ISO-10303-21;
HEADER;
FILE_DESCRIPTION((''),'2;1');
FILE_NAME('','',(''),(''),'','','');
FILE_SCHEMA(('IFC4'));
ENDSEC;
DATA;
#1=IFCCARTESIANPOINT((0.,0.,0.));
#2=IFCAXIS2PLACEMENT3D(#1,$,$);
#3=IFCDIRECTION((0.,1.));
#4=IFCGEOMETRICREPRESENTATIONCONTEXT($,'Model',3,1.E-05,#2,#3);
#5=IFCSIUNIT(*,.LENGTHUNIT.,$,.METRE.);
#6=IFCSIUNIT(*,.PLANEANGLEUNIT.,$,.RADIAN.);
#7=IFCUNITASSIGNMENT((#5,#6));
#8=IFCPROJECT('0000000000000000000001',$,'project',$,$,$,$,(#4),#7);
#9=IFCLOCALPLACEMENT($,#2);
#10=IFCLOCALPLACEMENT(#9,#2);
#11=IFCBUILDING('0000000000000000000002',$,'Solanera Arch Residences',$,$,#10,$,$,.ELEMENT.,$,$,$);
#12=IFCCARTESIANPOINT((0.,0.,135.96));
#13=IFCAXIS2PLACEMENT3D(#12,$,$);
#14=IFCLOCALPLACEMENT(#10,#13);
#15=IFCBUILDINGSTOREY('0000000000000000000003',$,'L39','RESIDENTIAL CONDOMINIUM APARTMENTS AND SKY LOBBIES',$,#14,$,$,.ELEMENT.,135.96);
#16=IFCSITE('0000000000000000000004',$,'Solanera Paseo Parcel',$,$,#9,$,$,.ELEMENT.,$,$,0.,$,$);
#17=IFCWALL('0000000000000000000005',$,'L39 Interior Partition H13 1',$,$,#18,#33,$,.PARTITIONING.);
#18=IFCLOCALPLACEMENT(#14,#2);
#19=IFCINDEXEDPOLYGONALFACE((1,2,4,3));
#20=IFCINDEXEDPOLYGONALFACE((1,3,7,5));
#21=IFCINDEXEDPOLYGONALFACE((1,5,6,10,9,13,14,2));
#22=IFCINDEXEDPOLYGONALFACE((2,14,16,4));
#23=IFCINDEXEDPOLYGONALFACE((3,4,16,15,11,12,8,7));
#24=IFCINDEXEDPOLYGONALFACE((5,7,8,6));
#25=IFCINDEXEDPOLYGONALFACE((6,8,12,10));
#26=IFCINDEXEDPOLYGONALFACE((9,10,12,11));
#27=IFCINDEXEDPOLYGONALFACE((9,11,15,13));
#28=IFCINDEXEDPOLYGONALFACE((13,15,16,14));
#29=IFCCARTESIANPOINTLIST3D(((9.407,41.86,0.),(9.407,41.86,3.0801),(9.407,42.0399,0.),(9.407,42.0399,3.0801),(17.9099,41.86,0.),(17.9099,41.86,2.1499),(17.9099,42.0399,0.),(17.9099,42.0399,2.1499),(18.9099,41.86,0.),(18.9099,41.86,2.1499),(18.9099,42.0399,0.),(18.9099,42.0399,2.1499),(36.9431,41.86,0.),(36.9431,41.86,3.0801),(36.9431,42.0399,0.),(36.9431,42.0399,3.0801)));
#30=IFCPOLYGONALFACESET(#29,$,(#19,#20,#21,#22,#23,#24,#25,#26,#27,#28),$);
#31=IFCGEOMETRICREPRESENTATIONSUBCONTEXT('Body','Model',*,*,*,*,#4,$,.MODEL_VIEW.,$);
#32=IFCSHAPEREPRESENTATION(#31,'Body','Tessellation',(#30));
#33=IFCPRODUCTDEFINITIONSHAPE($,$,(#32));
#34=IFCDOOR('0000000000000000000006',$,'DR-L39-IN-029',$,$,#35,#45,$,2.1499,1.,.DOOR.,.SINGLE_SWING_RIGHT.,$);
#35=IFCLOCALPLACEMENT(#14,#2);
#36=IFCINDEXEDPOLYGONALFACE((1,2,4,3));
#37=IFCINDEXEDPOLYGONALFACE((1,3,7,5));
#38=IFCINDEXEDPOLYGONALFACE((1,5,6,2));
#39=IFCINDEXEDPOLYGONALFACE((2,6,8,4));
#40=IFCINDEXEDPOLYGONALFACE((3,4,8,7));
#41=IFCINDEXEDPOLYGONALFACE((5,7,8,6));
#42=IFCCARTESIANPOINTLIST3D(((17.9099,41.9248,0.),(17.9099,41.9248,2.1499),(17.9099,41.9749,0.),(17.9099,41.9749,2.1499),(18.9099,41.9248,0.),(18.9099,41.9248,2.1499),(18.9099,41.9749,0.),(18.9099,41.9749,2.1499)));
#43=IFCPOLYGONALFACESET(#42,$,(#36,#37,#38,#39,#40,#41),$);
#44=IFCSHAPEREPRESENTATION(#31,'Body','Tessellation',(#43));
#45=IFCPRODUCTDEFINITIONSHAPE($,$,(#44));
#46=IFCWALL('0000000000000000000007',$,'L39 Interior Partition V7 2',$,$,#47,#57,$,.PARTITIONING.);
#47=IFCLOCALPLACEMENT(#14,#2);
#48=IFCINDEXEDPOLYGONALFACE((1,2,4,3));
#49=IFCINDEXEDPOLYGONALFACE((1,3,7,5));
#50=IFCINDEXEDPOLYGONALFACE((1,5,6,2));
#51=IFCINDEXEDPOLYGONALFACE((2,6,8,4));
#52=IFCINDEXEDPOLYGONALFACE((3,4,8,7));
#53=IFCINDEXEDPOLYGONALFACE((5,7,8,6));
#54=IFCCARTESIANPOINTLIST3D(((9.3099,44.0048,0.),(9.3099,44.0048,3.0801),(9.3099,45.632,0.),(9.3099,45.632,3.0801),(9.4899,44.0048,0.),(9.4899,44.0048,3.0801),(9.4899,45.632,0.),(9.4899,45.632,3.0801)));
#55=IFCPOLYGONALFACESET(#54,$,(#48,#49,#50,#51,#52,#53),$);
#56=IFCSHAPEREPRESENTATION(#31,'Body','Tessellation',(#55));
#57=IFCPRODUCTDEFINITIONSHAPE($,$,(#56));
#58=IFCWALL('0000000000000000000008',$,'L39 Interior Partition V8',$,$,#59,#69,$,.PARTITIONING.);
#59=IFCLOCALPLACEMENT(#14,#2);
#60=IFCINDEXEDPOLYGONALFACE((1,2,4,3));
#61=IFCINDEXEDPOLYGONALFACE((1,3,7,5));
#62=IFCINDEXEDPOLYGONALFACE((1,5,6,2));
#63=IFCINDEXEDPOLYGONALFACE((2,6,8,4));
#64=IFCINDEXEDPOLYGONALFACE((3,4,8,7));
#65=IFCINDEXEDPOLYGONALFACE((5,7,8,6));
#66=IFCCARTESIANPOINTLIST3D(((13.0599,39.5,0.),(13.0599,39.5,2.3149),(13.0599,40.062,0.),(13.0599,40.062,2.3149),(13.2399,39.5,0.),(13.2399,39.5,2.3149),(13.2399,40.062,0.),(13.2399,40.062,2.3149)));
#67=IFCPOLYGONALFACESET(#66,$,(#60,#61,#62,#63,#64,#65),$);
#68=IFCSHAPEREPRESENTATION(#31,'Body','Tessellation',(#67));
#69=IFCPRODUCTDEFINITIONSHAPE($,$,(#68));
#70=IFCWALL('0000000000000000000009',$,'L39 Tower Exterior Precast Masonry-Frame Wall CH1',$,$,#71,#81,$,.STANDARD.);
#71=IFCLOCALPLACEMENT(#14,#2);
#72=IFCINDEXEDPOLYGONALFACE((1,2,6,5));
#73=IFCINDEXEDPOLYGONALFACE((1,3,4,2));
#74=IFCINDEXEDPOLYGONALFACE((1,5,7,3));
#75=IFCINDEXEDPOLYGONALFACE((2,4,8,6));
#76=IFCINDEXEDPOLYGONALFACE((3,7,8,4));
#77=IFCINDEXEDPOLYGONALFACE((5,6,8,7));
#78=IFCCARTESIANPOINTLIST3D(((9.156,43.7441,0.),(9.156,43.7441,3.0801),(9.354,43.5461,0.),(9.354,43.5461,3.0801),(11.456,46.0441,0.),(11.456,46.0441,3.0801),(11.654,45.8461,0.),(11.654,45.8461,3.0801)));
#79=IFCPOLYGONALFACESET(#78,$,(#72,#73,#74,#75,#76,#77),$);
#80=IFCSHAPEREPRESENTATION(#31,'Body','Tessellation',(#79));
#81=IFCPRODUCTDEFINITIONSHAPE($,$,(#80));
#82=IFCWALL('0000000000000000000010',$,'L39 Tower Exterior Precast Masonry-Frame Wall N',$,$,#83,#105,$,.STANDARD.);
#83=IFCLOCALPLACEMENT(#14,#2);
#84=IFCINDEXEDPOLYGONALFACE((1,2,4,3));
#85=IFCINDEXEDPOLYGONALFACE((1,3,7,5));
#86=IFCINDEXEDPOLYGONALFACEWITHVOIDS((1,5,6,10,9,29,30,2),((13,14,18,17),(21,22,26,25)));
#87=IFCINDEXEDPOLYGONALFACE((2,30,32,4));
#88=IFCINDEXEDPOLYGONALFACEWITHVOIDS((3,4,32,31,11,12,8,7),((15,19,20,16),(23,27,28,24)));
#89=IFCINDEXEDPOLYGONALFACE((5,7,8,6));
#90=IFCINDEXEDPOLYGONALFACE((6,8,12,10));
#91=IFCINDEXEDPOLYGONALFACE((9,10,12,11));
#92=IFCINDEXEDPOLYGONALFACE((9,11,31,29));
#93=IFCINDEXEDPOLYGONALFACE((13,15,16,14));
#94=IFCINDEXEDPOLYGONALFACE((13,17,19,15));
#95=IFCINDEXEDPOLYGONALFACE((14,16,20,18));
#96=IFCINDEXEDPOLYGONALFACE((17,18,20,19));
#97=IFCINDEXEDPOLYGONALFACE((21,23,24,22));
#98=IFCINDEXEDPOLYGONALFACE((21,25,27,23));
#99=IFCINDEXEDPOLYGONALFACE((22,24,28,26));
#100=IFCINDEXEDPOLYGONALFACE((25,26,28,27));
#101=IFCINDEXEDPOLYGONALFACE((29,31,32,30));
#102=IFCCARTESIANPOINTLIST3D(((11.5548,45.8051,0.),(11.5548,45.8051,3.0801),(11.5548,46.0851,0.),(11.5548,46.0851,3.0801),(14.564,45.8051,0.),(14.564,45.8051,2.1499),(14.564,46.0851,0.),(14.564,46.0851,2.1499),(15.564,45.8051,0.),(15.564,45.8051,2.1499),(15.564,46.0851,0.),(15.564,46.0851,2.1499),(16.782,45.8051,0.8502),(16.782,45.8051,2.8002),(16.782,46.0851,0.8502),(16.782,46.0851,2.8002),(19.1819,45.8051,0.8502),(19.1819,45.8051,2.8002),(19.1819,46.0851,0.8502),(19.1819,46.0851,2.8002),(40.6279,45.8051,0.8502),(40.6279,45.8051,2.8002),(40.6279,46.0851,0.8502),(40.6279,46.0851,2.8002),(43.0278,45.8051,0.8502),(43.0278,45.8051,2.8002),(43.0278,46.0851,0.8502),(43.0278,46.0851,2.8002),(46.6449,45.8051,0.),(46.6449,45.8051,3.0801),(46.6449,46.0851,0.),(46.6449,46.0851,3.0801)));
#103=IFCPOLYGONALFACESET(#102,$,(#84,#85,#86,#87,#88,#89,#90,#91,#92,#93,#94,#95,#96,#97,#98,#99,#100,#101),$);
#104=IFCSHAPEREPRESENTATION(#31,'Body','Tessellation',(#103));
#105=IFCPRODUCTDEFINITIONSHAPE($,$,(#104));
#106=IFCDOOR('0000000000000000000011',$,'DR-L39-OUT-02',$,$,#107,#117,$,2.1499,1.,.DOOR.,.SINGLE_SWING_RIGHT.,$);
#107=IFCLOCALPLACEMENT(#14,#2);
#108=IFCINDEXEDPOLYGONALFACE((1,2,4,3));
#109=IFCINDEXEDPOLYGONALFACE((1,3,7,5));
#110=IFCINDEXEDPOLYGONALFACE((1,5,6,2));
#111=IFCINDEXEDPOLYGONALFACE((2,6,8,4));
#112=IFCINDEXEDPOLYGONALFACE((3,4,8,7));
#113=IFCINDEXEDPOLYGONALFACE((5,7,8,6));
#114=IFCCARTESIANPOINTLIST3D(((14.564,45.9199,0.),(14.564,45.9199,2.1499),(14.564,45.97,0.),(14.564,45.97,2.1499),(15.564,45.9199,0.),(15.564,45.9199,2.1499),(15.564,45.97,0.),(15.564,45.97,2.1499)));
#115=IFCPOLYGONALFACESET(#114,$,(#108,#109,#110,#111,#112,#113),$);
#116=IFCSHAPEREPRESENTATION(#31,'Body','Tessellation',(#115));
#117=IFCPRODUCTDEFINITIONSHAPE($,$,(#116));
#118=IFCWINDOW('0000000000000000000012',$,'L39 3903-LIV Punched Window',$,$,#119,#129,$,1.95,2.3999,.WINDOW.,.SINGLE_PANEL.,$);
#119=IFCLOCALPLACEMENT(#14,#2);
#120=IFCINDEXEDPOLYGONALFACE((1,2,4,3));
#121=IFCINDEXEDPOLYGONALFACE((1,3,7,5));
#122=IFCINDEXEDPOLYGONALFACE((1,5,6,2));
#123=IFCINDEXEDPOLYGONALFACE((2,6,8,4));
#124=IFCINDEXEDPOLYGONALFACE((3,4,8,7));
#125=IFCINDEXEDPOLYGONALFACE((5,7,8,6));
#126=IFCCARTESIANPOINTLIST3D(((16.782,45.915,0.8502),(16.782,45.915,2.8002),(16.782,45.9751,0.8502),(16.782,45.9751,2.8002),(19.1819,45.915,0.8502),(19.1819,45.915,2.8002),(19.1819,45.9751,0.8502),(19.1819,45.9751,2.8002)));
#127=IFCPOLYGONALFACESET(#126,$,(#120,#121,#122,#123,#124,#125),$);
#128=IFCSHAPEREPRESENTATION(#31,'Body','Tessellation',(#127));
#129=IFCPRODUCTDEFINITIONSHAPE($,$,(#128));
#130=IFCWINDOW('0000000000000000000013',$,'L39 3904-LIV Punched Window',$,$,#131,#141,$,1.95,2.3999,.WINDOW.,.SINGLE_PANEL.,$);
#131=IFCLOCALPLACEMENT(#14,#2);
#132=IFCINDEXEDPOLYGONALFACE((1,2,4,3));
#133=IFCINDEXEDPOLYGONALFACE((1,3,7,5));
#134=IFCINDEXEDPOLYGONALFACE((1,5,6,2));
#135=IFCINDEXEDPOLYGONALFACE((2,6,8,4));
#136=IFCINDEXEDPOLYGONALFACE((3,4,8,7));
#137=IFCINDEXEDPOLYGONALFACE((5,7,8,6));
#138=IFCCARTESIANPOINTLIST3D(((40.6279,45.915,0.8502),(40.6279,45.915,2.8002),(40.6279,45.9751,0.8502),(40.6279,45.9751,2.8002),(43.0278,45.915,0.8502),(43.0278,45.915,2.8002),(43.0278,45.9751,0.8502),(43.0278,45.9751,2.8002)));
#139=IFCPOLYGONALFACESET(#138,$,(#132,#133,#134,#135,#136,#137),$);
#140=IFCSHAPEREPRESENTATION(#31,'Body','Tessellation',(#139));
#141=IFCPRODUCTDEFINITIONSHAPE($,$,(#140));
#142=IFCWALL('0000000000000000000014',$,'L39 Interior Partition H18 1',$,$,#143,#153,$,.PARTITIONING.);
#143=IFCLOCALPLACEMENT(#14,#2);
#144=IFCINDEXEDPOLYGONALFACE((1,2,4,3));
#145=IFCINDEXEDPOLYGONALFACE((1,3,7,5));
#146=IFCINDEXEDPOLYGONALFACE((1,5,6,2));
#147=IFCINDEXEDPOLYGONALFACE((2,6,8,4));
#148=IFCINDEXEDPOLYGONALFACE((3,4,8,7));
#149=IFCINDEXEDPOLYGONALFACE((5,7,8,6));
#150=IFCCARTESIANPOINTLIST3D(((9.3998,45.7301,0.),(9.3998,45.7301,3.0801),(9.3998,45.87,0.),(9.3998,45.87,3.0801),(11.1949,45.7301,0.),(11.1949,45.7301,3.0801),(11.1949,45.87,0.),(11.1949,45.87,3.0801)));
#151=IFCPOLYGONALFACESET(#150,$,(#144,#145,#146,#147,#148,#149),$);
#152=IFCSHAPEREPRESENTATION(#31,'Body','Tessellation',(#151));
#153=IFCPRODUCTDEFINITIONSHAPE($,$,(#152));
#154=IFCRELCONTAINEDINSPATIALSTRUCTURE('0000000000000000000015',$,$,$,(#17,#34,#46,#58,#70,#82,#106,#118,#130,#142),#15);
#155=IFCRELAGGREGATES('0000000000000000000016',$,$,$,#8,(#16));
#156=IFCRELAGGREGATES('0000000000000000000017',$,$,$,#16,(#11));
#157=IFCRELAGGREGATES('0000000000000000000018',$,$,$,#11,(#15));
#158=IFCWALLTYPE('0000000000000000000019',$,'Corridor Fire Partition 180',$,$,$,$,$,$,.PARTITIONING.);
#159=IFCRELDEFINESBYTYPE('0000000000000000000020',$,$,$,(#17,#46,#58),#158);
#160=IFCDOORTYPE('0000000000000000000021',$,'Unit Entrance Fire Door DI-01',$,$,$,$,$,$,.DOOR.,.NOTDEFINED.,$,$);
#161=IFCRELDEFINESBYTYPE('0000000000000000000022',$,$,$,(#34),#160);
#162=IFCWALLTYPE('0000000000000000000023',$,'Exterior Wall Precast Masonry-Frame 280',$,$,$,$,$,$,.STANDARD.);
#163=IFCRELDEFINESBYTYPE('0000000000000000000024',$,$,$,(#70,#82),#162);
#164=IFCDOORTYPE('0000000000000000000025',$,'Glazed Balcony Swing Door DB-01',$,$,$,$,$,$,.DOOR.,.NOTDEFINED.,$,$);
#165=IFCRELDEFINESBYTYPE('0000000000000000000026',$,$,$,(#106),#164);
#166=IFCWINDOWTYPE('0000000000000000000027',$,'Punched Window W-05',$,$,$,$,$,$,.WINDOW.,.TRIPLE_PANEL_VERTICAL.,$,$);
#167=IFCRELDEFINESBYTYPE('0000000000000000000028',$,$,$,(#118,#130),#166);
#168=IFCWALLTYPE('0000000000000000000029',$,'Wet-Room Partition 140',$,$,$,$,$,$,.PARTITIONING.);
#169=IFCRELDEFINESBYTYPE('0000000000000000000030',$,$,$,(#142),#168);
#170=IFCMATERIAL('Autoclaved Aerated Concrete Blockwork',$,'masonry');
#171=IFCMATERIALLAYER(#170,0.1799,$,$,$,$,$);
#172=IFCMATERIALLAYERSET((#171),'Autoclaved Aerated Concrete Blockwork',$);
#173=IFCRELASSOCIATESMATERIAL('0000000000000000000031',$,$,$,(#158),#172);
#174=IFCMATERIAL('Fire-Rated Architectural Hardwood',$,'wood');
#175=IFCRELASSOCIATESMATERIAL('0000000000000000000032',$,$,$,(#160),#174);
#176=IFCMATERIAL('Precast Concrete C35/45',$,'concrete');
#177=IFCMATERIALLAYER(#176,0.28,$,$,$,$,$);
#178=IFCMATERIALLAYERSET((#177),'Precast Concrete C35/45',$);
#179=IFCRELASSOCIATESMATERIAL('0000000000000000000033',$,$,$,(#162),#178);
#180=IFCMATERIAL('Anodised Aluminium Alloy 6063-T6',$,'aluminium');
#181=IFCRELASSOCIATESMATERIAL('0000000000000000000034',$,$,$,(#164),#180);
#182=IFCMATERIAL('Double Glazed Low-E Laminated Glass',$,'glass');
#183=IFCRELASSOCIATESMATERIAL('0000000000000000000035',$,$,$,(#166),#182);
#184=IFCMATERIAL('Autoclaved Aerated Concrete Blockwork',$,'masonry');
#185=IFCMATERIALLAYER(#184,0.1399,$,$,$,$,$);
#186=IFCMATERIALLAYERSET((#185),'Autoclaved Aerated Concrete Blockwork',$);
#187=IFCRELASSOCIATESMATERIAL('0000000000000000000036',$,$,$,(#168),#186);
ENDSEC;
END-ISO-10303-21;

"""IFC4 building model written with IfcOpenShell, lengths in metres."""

from ifc_helpers import new_model, si_unit, direction, frame, frame_2d, origin, place, context, subcontext, project, spatial, rectangle, extrude, material, layer, layer_set, type_object, element, fill, save


model = new_model("IFC4")

# Units and contexts
model_context = context("Model", 3, precision=1e-05, world=origin(), true_north=direction((0.0, 1.0)))
body_context = subcontext(model_context, "Body", "Model", "MODEL_VIEW")
ifc_project = project(units=[si_unit("LENGTHUNIT", "METRE"), si_unit("PLANEANGLEUNIT", "RADIAN")], contexts=[model_context])

# Site, building, storey
site_placement = place(None, origin())
site = spatial("IfcSite", under=ifc_project, at=site_placement, Name="Solanera Paseo Parcel", CompositionType="ELEMENT", RefElevation=0.0)
building_placement = place(site_placement, origin())
building = spatial("IfcBuilding", under=site, at=building_placement, Name="Solanera Arch Residences", CompositionType="ELEMENT")
storey_placement = place(building_placement, frame((0.0, 0.0, 135.96)))
storey = spatial("IfcBuildingStorey", under=building, at=storey_placement, Name="L39", Description="RESIDENTIAL CONDOMINIUM APARTMENTS AND SKY LOBBIES", CompositionType="ELEMENT", Elevation=135.96)

# Shared definitions
ifc_material_1 = material(Name="Autoclaved Aerated Concrete Blockwork", Category="masonry")
ifc_layer_1 = layer(ifc_material_1, 0.1799)
ifc_layer_set_1 = layer_set([ifc_layer_1], Name="Autoclaved Aerated Concrete Blockwork")
wall_type_1 = type_object("IfcWallType", Name="Corridor Fire Partition 180", PredefinedType="PARTITIONING", material=ifc_layer_set_1)

# Wall, opening, door
wall_1_placement = place(storey_placement, frame((9.407, 41.95, 0.0), z_axis=(0.0, 0.0, 1.0), x_axis=(1.0, 0.0, 0.0)))
wall_1 = element("IfcWall", 1, at=wall_1_placement, inside=storey, type_object=wall_type_1, Name="L39 Interior Partition H13 1", PredefinedType="PARTITIONING", context=body_context, shape_type="SweptSolid", body=[
    extrude(rectangle(XDim=27.5361, YDim=0.1799, at=frame_2d((13.7681, 0.0))), origin(), (0.0, 0.0, 1.0), 3.0801),
])
opening_1_placement = place(wall_1_placement, frame((8.5029, 0.0, 0.0)))
opening_1 = element("IfcOpeningElement", 2, at=opening_1_placement, cuts=wall_1, PredefinedType="OPENING", context=body_context, shape_type="SweptSolid", body=[
    extrude(rectangle(XDim=1.0, YDim=2.1499, at=frame_2d((0.5, 1.075))), frame((0.0, 0.1001, 0.0), z_axis=(0.0, -1.0, 0.0), x_axis=(1.0, 0.0, 0.0)), (0.0, 0.0, 1.0), 0.1999),
])
ifc_material_2 = material(Name="Fire-Rated Architectural Hardwood", Category="wood")
door_type_1 = type_object("IfcDoorType", Name="Unit Entrance Fire Door DI-01", OperationType="NOTDEFINED", PredefinedType="DOOR", material=ifc_material_2)
door_1_placement = place(opening_1_placement, origin())
door_1 = element("IfcDoor", 3, at=door_1_placement, inside=storey, type_object=door_type_1, Name="DR-L39-IN-029", OperationType="SINGLE_SWING_RIGHT", OverallHeight=2.1499, OverallWidth=1.0, PredefinedType="DOOR", context=body_context, shape_type="SweptSolid", body=[
    extrude(rectangle(XDim=1.0, YDim=2.1499, at=frame_2d((0.5, 1.075))), frame((0.0, 0.0249, 0.0), z_axis=(0.0, -1.0, 0.0), x_axis=(1.0, 0.0, 0.0)), (0.0, 0.0, 1.0), 0.05),
])
fill(opening_1, door_1)

# Walls
wall_2_placement = place(storey_placement, frame((9.3999, 44.0049, 0.0), z_axis=(0.0, 0.0, 1.0), x_axis=(0.0, 1.0, 0.0)))
element("IfcWall", 4, at=wall_2_placement, inside=storey, type_object=wall_type_1, Name="L39 Interior Partition V7 2", PredefinedType="PARTITIONING", context=body_context, shape_type="SweptSolid", body=[
    extrude(rectangle(XDim=1.6272, YDim=0.1799, at=frame_2d((0.8135, 0.0))), origin(), (0.0, 0.0, 1.0), 3.0801),
])
wall_3_placement = place(storey_placement, frame((13.1499, 39.5, 0.0), z_axis=(0.0, 0.0, 1.0), x_axis=(0.0, 1.0, 0.0)))
element("IfcWall", 5, at=wall_3_placement, inside=storey, type_object=wall_type_1, Name="L39 Interior Partition V8", PredefinedType="PARTITIONING", context=body_context, shape_type="SweptSolid", body=[
    extrude(rectangle(XDim=0.562, YDim=0.1799, at=frame_2d((0.281, 0.0))), origin(), (0.0, 0.0, 1.0), 2.3149),
])
ifc_material_3 = material(Name="Precast Concrete C35/45", Category="concrete")
ifc_layer_2 = layer(ifc_material_3, 0.28)
ifc_layer_set_2 = layer_set([ifc_layer_2], Name="Precast Concrete C35/45")
wall_type_2 = type_object("IfcWallType", Name="Exterior Wall Precast Masonry-Frame 280", PredefinedType="STANDARD", material=ifc_layer_set_2)
wall_4_placement = place(storey_placement, frame((9.2549, 43.645, 0.0), z_axis=(0.0, 0.0, 1.0), x_axis=(0.707107, 0.707107, 0.0)))
element("IfcWall", 6, at=wall_4_placement, inside=storey, type_object=wall_type_2, Name="L39 Tower Exterior Precast Masonry-Frame Wall CH1", PredefinedType="STANDARD", context=body_context, shape_type="SweptSolid", body=[
    extrude(rectangle(XDim=3.2527, YDim=0.28, at=frame_2d((1.6265, 0.0))), origin(), (0.0, 0.0, 1.0), 3.0801),
])

# Wall, openings, door, windows
wall_5_placement = place(storey_placement, frame((11.5549, 45.9451, 0.0), z_axis=(0.0, 0.0, 1.0), x_axis=(1.0, 0.0, 0.0)))
wall_5 = element("IfcWall", 7, at=wall_5_placement, inside=storey, type_object=wall_type_2, Name="L39 Tower Exterior Precast Masonry-Frame Wall N", PredefinedType="STANDARD", context=body_context, shape_type="SweptSolid", body=[
    extrude(rectangle(XDim=35.0901, YDim=0.28, at=frame_2d((17.5449, 0.0))), origin(), (0.0, 0.0, 1.0), 3.0801),
])
opening_2_placement = place(wall_5_placement, frame((3.009, 0.0, 0.0)))
opening_2 = element("IfcOpeningElement", 8, at=opening_2_placement, cuts=wall_5, PredefinedType="OPENING", context=body_context, shape_type="SweptSolid", body=[
    extrude(rectangle(XDim=1.0, YDim=2.1499, at=frame_2d((0.5, 1.075))), frame((0.0, 0.1499, 0.0), z_axis=(0.0, -1.0, 0.0), x_axis=(1.0, 0.0, 0.0)), (0.0, 0.0, 1.0), 0.3),
])
opening_3_placement = place(wall_5_placement, frame((5.2271, 0.0, 0.8501)))
opening_3 = element("IfcOpeningElement", 9, at=opening_3_placement, cuts=wall_5, PredefinedType="OPENING", context=body_context, shape_type="SweptSolid", body=[
    extrude(rectangle(XDim=2.3999, YDim=1.95, at=frame_2d((1.2, 0.9751))), frame((0.0, 0.1499, 0.0), z_axis=(0.0, -1.0, 0.0), x_axis=(1.0, 0.0, 0.0)), (0.0, 0.0, 1.0), 0.3),
])
opening_4_placement = place(wall_5_placement, frame((29.073, 0.0, 0.8501)))
opening_4 = element("IfcOpeningElement", 10, at=opening_4_placement, cuts=wall_5, PredefinedType="OPENING", context=body_context, shape_type="SweptSolid", body=[
    extrude(rectangle(XDim=2.3999, YDim=1.95, at=frame_2d((1.2, 0.9751))), frame((0.0, 0.1499, 0.0), z_axis=(0.0, -1.0, 0.0), x_axis=(1.0, 0.0, 0.0)), (0.0, 0.0, 1.0), 0.3),
])
ifc_material_4 = material(Name="Anodised Aluminium Alloy 6063-T6", Category="aluminium")
door_type_2 = type_object("IfcDoorType", Name="Glazed Balcony Swing Door DB-01", OperationType="NOTDEFINED", PredefinedType="DOOR", material=ifc_material_4)
door_2_placement = place(opening_2_placement, origin())
door_2 = element("IfcDoor", 11, at=door_2_placement, inside=storey, type_object=door_type_2, Name="DR-L39-OUT-02", OperationType="SINGLE_SWING_RIGHT", OverallHeight=2.1499, OverallWidth=1.0, PredefinedType="DOOR", context=body_context, shape_type="SweptSolid", body=[
    extrude(rectangle(XDim=1.0, YDim=2.1499, at=frame_2d((0.5, 1.075))), frame((0.0, 0.0249, 0.0), z_axis=(0.0, -1.0, 0.0), x_axis=(1.0, 0.0, 0.0)), (0.0, 0.0, 1.0), 0.05),
])
fill(opening_2, door_2)
ifc_material_5 = material(Name="Double Glazed Low-E Laminated Glass", Category="glass")
window_type = type_object("IfcWindowType", Name="Punched Window W-05", PartitioningType="TRIPLE_PANEL_VERTICAL", PredefinedType="WINDOW", material=ifc_material_5)
window_1_placement = place(opening_3_placement, origin())
window_1 = element("IfcWindow", 12, at=window_1_placement, inside=storey, type_object=window_type, Name="L39 3903-LIV Punched Window", OverallHeight=1.95, OverallWidth=2.3999, PartitioningType="SINGLE_PANEL", PredefinedType="WINDOW", context=body_context, shape_type="SweptSolid", body=[
    extrude(rectangle(XDim=2.3999, YDim=1.95, at=frame_2d((1.2, 0.9751))), frame((0.0, 0.03, 0.0), z_axis=(0.0, -1.0, 0.0), x_axis=(1.0, 0.0, 0.0)), (0.0, 0.0, 1.0), 0.0601),
])
fill(opening_3, window_1)
window_2_placement = place(opening_4_placement, origin())
window_2 = element("IfcWindow", 13, at=window_2_placement, inside=storey, type_object=window_type, Name="L39 3904-LIV Punched Window", OverallHeight=1.95, OverallWidth=2.3999, PartitioningType="SINGLE_PANEL", PredefinedType="WINDOW", context=body_context, shape_type="SweptSolid", body=[
    extrude(rectangle(XDim=2.3999, YDim=1.95, at=frame_2d((1.2, 0.9751))), frame((0.0, 0.03, 0.0), z_axis=(0.0, -1.0, 0.0), x_axis=(1.0, 0.0, 0.0)), (0.0, 0.0, 1.0), 0.0601),
])
fill(opening_4, window_2)

# Wall
ifc_material_6 = material(Name="Autoclaved Aerated Concrete Blockwork", Category="masonry")
ifc_layer_3 = layer(ifc_material_6, 0.1399)
ifc_layer_set_3 = layer_set([ifc_layer_3], Name="Autoclaved Aerated Concrete Blockwork")
wall_type_3 = type_object("IfcWallType", Name="Wet-Room Partition 140", PredefinedType="PARTITIONING", material=ifc_layer_set_3)
wall_6_placement = place(storey_placement, frame((9.3999, 45.8, 0.0), z_axis=(0.0, 0.0, 1.0), x_axis=(1.0, 0.0, 0.0)))
element("IfcWall", 14, at=wall_6_placement, inside=storey, type_object=wall_type_3, Name="L39 Interior Partition H18 1", PredefinedType="PARTITIONING", context=body_context, shape_type="SweptSolid", body=[
    extrude(rectangle(XDim=1.7952, YDim=0.1399, at=frame_2d((0.8975, 0.0))), origin(), (0.0, 0.0, 1.0), 3.0801),
])

save(model, "model.ifc")
